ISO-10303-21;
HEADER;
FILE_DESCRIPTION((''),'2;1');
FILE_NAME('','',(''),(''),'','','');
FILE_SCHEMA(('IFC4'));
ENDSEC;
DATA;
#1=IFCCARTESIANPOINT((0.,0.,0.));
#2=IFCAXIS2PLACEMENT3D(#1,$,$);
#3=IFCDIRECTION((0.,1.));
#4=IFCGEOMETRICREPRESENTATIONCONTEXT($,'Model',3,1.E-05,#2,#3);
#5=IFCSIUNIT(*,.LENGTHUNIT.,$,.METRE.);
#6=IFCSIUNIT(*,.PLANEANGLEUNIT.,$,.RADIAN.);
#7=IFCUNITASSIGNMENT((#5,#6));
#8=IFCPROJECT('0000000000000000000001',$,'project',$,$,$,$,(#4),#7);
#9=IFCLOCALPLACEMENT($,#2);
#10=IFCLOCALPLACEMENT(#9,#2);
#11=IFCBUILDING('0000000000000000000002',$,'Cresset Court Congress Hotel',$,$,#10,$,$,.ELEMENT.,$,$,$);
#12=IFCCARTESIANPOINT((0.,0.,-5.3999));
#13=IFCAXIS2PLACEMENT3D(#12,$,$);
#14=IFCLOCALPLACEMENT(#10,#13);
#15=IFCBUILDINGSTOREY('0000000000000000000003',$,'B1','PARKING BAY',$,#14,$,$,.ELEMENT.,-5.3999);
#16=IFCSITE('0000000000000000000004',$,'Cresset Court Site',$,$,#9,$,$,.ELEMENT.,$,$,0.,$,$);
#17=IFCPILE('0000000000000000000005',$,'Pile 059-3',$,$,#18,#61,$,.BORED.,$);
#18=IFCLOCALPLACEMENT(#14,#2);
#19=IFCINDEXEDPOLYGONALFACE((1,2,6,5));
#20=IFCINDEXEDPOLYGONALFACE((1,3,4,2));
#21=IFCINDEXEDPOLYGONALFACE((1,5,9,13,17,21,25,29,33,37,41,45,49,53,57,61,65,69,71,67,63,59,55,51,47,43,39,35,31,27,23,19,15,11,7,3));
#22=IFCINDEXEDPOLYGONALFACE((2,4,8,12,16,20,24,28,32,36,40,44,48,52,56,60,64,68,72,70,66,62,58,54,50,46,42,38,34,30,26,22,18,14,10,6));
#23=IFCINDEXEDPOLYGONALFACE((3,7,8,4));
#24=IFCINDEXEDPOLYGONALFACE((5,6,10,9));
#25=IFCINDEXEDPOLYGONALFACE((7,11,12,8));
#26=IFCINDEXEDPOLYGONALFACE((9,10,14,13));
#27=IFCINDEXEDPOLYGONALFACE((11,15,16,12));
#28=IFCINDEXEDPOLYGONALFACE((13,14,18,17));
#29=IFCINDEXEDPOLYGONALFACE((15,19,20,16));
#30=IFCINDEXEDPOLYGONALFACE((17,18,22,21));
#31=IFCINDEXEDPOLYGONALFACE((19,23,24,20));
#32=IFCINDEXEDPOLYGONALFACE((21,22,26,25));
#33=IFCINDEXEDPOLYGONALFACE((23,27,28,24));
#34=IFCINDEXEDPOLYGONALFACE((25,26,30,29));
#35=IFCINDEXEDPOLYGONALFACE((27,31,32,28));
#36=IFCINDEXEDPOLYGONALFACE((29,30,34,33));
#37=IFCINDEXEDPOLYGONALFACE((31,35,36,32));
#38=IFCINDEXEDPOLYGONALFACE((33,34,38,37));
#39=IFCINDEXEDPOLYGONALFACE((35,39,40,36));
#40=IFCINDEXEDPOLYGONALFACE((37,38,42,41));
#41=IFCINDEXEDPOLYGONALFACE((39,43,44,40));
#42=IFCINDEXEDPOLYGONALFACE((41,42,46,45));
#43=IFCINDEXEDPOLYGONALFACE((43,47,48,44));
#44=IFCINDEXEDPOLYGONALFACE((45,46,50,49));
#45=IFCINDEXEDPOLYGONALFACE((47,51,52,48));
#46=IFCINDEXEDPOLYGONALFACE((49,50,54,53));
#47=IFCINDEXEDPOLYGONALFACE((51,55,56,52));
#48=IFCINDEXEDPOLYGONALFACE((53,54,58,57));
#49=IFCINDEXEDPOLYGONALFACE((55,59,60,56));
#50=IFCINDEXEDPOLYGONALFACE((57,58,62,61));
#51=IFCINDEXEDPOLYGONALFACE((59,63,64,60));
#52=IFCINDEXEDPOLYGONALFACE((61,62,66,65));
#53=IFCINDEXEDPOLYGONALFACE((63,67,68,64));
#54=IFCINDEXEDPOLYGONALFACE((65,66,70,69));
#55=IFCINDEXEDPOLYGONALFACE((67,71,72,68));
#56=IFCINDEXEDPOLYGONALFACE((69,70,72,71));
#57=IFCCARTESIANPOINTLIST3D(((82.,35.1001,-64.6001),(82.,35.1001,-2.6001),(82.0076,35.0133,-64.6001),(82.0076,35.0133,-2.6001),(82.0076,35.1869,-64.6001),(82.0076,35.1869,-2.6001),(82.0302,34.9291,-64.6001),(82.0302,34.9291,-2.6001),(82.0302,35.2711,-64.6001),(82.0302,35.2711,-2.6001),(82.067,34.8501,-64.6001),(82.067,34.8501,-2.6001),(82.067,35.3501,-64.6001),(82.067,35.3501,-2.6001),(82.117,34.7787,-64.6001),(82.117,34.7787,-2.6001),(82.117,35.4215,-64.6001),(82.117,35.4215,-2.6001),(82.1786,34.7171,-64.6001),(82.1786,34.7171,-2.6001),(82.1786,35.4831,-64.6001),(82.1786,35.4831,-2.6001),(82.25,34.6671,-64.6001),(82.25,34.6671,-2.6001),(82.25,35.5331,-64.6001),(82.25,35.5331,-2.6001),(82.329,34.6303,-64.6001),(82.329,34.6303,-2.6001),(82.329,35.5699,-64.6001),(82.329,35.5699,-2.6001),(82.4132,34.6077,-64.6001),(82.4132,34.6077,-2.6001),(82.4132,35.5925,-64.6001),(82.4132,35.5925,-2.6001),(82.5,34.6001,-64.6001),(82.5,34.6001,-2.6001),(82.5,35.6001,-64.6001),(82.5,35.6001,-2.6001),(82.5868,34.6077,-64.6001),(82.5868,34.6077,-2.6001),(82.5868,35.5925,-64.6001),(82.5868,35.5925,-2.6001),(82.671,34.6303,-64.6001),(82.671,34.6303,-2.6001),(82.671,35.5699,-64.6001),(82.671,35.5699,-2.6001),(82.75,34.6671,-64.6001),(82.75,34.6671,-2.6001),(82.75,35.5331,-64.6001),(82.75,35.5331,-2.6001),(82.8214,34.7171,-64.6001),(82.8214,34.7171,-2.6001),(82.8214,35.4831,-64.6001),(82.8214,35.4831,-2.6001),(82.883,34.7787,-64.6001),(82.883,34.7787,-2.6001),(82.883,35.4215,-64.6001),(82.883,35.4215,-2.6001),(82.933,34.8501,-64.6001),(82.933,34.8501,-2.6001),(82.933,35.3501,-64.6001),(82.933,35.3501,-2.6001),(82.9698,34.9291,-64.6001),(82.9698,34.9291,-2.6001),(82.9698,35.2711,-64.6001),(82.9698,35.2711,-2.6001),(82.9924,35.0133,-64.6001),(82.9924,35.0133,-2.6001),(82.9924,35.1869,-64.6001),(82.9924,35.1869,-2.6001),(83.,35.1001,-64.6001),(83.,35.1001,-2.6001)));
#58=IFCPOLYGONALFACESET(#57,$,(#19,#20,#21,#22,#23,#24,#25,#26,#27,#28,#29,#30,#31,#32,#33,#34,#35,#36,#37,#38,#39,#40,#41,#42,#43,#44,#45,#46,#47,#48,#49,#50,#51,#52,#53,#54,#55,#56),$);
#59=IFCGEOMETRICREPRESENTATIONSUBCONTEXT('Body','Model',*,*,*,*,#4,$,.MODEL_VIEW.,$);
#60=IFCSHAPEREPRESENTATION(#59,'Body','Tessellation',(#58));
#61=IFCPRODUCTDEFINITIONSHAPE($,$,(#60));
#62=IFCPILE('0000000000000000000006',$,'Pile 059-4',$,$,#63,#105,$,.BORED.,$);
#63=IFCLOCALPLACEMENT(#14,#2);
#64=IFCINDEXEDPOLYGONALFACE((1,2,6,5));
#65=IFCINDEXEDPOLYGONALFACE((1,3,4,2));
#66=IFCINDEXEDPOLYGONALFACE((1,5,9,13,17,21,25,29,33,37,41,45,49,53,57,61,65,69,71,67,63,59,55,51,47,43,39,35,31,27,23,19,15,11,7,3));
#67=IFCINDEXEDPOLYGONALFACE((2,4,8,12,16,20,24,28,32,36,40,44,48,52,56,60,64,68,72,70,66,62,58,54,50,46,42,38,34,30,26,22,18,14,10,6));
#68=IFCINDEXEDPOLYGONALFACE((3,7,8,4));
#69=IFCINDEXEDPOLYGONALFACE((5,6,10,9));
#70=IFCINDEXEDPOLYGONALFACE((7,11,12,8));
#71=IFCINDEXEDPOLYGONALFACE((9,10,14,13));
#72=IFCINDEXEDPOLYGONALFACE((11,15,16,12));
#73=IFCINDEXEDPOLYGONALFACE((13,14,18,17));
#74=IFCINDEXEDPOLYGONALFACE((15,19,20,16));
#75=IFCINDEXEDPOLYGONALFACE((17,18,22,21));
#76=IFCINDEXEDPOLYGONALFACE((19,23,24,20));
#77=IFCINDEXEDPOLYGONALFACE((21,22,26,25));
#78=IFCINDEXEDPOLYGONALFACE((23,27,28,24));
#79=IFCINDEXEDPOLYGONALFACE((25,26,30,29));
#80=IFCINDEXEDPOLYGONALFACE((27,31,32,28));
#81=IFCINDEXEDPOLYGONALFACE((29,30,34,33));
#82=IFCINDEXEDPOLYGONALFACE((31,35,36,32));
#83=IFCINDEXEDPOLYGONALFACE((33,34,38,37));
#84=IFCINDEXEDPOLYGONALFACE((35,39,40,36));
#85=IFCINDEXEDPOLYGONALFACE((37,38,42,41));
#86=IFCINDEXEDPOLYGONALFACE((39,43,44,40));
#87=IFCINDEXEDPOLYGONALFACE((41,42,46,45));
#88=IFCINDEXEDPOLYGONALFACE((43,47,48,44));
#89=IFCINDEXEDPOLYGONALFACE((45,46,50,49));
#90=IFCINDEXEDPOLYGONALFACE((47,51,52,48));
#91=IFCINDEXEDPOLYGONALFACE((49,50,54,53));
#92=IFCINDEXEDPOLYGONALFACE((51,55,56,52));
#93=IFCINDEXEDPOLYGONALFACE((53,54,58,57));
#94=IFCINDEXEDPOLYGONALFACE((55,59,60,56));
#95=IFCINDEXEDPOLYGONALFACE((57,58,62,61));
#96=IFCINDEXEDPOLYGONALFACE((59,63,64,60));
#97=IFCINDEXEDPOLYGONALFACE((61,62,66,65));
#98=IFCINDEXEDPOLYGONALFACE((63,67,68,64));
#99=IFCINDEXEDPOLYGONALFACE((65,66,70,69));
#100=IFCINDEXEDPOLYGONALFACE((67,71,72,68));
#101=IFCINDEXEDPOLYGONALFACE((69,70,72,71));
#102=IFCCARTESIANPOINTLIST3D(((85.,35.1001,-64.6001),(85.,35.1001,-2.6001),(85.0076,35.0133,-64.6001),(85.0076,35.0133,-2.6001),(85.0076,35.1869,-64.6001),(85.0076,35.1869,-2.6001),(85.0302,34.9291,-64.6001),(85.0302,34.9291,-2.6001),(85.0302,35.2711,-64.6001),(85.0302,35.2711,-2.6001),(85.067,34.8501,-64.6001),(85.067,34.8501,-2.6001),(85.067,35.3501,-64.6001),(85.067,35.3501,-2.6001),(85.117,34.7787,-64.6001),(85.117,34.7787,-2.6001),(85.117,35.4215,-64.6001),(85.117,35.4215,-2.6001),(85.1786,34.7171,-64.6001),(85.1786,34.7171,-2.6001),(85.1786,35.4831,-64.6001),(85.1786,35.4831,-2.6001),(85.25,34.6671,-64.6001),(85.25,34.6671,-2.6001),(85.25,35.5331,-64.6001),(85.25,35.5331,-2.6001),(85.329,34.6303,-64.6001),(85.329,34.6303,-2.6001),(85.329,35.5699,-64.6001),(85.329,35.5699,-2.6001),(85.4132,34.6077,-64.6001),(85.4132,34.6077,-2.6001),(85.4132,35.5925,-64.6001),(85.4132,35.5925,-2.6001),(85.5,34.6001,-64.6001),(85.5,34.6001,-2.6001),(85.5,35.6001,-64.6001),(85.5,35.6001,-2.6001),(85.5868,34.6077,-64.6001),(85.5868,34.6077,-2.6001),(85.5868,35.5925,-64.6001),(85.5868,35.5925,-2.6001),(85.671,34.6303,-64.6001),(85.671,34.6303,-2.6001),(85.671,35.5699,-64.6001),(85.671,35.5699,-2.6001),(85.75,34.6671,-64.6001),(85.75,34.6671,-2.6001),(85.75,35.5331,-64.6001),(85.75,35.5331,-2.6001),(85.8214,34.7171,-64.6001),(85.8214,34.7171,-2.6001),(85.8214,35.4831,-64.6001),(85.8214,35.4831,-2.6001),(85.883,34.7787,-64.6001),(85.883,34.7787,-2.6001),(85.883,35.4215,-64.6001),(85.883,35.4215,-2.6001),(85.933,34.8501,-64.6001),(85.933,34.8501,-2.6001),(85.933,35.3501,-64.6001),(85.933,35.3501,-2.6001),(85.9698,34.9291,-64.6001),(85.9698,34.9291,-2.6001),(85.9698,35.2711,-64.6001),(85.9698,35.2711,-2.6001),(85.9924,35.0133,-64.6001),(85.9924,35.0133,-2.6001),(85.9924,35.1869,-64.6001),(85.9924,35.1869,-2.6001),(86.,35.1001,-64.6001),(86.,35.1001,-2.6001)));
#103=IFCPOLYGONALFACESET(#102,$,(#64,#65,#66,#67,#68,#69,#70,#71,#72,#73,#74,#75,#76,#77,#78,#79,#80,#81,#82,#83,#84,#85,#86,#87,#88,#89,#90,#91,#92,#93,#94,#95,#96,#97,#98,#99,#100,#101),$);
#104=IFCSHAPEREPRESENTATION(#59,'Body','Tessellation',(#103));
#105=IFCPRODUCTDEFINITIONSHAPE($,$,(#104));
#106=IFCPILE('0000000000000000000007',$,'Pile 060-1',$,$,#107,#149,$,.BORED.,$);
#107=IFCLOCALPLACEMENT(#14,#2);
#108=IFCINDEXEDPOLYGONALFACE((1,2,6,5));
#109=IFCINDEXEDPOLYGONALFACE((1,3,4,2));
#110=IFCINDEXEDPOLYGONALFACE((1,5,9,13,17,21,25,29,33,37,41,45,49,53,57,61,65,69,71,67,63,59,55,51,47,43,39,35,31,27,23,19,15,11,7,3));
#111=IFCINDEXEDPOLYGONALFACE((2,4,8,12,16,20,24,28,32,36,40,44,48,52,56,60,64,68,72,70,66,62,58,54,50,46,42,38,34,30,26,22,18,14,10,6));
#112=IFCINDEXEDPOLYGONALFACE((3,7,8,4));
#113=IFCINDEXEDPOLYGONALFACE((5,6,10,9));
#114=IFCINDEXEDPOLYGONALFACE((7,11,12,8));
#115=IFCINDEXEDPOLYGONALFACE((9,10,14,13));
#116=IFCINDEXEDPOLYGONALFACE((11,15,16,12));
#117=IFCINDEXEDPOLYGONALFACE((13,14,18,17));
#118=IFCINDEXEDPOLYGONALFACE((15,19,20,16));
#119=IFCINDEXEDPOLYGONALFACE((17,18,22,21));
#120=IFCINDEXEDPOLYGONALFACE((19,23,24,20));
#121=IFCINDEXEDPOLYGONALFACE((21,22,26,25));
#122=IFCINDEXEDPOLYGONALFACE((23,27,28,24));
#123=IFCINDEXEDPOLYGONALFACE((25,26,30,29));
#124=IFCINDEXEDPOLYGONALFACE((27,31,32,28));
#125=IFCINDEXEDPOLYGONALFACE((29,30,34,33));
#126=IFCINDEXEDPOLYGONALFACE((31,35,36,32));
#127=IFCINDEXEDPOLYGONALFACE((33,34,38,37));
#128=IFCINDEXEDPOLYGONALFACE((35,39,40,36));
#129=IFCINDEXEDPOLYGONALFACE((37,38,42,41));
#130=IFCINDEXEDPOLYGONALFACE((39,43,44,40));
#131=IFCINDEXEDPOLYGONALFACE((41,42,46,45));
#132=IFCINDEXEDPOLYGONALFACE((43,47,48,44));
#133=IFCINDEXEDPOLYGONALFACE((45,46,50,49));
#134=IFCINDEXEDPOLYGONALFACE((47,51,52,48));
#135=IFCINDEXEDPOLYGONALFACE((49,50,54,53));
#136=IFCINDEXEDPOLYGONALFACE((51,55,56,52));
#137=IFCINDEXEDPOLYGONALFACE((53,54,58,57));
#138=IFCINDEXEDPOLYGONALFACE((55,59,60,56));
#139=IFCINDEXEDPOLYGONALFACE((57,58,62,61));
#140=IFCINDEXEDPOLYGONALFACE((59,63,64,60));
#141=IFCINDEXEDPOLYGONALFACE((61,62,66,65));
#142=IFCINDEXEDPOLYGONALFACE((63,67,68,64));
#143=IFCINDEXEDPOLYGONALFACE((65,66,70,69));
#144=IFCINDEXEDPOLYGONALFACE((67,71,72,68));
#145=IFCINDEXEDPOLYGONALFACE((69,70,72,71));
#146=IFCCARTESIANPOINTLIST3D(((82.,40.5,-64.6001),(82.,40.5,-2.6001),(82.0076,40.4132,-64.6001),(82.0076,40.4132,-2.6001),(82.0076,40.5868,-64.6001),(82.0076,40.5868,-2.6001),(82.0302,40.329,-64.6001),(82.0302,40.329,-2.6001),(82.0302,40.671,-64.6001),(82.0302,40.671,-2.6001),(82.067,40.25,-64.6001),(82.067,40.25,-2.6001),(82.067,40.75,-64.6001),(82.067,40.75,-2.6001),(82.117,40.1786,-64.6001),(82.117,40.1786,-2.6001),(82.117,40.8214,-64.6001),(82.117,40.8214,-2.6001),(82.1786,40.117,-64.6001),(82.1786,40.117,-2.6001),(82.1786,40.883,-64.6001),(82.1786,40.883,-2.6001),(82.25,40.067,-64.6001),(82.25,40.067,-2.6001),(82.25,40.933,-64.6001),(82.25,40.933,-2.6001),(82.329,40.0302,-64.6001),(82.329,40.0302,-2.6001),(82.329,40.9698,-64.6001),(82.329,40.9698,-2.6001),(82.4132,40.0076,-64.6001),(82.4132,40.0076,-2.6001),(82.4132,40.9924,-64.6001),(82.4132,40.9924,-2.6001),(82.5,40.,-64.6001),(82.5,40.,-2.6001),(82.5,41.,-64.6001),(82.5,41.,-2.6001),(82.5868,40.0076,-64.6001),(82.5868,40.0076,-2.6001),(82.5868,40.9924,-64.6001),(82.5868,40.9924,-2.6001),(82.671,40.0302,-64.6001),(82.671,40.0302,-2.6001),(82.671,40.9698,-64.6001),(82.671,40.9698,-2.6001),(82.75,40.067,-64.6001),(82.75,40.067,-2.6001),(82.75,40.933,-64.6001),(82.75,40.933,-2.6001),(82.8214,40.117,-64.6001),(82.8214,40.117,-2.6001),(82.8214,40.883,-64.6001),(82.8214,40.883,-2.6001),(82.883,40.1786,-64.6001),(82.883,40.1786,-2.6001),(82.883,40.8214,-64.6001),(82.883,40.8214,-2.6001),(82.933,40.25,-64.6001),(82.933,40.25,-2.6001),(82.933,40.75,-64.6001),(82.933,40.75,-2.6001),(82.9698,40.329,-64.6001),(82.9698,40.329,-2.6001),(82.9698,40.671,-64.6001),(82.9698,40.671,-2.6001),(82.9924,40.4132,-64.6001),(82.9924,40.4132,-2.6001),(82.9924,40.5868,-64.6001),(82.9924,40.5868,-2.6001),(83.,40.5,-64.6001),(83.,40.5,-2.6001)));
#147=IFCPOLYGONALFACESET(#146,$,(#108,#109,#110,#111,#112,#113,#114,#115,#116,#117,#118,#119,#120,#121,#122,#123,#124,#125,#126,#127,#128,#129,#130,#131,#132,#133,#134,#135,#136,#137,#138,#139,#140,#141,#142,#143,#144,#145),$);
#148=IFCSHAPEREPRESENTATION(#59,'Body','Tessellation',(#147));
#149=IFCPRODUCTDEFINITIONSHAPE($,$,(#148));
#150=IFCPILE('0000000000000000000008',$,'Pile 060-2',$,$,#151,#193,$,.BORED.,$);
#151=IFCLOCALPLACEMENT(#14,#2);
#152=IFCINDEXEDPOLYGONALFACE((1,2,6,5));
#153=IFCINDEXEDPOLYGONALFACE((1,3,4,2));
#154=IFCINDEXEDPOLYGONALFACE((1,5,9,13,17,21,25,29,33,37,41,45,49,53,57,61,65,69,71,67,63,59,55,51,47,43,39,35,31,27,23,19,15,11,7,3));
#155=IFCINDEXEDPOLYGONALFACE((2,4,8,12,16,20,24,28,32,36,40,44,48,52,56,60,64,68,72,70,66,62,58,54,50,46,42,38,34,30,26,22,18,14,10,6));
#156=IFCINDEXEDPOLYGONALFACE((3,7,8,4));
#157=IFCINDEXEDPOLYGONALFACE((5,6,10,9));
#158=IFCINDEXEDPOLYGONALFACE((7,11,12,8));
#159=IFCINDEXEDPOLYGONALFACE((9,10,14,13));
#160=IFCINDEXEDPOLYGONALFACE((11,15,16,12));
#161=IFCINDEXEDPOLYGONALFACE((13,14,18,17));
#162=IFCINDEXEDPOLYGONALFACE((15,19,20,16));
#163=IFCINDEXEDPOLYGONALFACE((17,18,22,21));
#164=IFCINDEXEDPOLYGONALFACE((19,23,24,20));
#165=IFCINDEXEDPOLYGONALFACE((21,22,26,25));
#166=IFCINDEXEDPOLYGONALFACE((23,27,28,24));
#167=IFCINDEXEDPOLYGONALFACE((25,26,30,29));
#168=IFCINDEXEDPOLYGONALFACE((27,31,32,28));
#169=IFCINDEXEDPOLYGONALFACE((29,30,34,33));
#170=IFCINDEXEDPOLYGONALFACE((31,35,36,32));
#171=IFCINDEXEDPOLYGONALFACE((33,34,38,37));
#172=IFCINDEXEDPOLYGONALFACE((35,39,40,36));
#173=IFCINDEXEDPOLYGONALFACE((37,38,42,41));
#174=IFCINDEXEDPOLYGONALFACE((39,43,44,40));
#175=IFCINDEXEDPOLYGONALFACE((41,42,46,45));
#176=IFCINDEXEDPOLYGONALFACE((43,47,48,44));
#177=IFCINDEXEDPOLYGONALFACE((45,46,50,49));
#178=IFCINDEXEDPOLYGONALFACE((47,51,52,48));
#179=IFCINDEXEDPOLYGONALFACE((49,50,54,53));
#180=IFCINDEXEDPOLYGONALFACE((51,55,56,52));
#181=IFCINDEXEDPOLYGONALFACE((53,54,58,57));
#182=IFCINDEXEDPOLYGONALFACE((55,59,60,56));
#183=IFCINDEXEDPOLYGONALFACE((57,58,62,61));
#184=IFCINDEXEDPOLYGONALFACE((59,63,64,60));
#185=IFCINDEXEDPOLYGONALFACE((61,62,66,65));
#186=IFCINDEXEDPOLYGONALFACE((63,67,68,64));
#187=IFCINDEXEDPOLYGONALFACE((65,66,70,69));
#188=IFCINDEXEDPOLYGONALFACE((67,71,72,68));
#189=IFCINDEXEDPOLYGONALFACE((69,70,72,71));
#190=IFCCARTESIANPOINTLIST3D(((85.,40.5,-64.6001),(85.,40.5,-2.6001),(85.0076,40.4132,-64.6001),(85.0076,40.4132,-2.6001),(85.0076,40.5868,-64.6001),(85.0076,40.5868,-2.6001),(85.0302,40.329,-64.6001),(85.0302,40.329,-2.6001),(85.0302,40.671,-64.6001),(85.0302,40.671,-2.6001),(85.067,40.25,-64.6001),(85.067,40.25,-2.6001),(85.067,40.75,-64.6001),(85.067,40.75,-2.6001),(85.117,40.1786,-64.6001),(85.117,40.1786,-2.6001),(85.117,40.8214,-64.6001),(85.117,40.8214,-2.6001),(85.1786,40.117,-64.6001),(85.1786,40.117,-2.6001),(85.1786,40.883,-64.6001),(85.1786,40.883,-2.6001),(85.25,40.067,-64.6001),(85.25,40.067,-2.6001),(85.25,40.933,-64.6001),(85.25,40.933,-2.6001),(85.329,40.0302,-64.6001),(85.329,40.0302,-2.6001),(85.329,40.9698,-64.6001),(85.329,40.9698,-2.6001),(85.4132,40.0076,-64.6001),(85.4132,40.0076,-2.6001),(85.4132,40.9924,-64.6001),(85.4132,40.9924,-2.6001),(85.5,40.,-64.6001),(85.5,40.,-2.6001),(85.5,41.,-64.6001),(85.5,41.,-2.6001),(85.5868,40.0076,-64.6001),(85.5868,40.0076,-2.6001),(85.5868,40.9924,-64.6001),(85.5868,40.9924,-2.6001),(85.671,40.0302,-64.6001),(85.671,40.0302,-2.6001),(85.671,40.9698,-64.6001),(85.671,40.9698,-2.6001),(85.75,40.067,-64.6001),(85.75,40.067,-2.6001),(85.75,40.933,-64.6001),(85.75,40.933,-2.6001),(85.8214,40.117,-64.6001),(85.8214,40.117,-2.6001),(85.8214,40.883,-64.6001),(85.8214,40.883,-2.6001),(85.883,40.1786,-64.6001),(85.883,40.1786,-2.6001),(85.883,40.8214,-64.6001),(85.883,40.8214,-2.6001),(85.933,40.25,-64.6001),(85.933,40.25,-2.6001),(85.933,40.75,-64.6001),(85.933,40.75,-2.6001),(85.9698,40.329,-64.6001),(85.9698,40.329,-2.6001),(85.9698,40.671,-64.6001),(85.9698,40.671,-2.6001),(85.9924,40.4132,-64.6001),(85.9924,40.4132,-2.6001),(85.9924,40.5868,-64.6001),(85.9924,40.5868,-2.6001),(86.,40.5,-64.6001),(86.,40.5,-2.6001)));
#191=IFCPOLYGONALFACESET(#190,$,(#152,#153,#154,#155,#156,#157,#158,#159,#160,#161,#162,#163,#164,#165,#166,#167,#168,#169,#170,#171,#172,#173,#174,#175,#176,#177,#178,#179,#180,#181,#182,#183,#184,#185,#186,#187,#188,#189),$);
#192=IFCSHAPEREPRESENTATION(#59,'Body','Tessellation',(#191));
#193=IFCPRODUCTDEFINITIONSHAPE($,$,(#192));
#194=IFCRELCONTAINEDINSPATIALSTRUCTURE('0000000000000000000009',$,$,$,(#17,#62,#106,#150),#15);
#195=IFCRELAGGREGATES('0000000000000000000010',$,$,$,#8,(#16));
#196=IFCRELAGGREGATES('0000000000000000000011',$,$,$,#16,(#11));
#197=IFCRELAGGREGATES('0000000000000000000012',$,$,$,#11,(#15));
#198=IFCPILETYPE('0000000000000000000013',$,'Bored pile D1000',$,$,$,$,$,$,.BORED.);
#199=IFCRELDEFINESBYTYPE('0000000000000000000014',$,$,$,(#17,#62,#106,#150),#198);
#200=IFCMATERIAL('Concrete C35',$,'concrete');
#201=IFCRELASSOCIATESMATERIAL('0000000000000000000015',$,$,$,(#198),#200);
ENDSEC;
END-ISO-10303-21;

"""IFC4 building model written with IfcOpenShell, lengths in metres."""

from ifc_helpers import new_model, si_unit, direction, frame, origin, origin_2d, place, context, subcontext, project, spatial, circle, extrude, material, type_object, element, save


model = new_model("IFC4")

# Units and contexts
model_context = context("Model", 3, precision=1e-05, world=origin(), true_north=direction((0.0, 1.0)))
body_context = subcontext(model_context, "Body", "Model", "MODEL_VIEW")
ifc_project = project(units=[si_unit("LENGTHUNIT", "METRE"), si_unit("PLANEANGLEUNIT", "RADIAN")], contexts=[model_context])

# Site, building, storey
site_placement = place(None, origin())
site = spatial("IfcSite", under=ifc_project, at=site_placement, Name="Cresset Court Site", CompositionType="ELEMENT", RefElevation=0.0)
building_placement = place(site_placement, origin())
building = spatial("IfcBuilding", under=site, at=building_placement, Name="Cresset Court Congress Hotel", CompositionType="ELEMENT")
storey_placement = place(building_placement, frame((0.0, 0.0, -5.3999)))
storey = spatial("IfcBuildingStorey", under=building, at=storey_placement, Name="B1", Description="PARKING BAY", CompositionType="ELEMENT", Elevation=-5.3999)

# Piles
ifc_material_1 = material(Name="Concrete C35", Category="concrete")
pile_type = type_object("IfcPileType", Name="Bored pile D1000", PredefinedType="BORED", material=ifc_material_1)
for number, where, z_axis, x_axis, name in (
    (1, (82.5, 35.1001, -2.6001), (0.0, 0.0, -1.0), (1.0, 0.0, 0.0), "Pile 059-3"),
    (2, (85.5, 35.1001, -2.6001), (0.0, 0.0, -1.0), (1.0, 0.0, 0.0), "Pile 059-4"),
    (3, (82.5, 40.5, -2.6001), (0.0, 0.0, -1.0), (1.0, 0.0, 0.0), "Pile 060-1"),
    (4, (85.5, 40.5, -2.6001), (0.0, 0.0, -1.0), (1.0, 0.0, 0.0), "Pile 060-2"),
):
    element("IfcPile", number, at=place(storey_placement, frame(where, z_axis=z_axis, x_axis=x_axis)), inside=storey, type_object=pile_type, Name=name, PredefinedType="BORED", context=body_context, shape_type="SweptSolid", body=[
        extrude(circle(Radius=0.5, at=origin_2d()), origin(), (0.0, 0.0, 1.0), 62.0),
    ])

save(model, "model.ifc")
